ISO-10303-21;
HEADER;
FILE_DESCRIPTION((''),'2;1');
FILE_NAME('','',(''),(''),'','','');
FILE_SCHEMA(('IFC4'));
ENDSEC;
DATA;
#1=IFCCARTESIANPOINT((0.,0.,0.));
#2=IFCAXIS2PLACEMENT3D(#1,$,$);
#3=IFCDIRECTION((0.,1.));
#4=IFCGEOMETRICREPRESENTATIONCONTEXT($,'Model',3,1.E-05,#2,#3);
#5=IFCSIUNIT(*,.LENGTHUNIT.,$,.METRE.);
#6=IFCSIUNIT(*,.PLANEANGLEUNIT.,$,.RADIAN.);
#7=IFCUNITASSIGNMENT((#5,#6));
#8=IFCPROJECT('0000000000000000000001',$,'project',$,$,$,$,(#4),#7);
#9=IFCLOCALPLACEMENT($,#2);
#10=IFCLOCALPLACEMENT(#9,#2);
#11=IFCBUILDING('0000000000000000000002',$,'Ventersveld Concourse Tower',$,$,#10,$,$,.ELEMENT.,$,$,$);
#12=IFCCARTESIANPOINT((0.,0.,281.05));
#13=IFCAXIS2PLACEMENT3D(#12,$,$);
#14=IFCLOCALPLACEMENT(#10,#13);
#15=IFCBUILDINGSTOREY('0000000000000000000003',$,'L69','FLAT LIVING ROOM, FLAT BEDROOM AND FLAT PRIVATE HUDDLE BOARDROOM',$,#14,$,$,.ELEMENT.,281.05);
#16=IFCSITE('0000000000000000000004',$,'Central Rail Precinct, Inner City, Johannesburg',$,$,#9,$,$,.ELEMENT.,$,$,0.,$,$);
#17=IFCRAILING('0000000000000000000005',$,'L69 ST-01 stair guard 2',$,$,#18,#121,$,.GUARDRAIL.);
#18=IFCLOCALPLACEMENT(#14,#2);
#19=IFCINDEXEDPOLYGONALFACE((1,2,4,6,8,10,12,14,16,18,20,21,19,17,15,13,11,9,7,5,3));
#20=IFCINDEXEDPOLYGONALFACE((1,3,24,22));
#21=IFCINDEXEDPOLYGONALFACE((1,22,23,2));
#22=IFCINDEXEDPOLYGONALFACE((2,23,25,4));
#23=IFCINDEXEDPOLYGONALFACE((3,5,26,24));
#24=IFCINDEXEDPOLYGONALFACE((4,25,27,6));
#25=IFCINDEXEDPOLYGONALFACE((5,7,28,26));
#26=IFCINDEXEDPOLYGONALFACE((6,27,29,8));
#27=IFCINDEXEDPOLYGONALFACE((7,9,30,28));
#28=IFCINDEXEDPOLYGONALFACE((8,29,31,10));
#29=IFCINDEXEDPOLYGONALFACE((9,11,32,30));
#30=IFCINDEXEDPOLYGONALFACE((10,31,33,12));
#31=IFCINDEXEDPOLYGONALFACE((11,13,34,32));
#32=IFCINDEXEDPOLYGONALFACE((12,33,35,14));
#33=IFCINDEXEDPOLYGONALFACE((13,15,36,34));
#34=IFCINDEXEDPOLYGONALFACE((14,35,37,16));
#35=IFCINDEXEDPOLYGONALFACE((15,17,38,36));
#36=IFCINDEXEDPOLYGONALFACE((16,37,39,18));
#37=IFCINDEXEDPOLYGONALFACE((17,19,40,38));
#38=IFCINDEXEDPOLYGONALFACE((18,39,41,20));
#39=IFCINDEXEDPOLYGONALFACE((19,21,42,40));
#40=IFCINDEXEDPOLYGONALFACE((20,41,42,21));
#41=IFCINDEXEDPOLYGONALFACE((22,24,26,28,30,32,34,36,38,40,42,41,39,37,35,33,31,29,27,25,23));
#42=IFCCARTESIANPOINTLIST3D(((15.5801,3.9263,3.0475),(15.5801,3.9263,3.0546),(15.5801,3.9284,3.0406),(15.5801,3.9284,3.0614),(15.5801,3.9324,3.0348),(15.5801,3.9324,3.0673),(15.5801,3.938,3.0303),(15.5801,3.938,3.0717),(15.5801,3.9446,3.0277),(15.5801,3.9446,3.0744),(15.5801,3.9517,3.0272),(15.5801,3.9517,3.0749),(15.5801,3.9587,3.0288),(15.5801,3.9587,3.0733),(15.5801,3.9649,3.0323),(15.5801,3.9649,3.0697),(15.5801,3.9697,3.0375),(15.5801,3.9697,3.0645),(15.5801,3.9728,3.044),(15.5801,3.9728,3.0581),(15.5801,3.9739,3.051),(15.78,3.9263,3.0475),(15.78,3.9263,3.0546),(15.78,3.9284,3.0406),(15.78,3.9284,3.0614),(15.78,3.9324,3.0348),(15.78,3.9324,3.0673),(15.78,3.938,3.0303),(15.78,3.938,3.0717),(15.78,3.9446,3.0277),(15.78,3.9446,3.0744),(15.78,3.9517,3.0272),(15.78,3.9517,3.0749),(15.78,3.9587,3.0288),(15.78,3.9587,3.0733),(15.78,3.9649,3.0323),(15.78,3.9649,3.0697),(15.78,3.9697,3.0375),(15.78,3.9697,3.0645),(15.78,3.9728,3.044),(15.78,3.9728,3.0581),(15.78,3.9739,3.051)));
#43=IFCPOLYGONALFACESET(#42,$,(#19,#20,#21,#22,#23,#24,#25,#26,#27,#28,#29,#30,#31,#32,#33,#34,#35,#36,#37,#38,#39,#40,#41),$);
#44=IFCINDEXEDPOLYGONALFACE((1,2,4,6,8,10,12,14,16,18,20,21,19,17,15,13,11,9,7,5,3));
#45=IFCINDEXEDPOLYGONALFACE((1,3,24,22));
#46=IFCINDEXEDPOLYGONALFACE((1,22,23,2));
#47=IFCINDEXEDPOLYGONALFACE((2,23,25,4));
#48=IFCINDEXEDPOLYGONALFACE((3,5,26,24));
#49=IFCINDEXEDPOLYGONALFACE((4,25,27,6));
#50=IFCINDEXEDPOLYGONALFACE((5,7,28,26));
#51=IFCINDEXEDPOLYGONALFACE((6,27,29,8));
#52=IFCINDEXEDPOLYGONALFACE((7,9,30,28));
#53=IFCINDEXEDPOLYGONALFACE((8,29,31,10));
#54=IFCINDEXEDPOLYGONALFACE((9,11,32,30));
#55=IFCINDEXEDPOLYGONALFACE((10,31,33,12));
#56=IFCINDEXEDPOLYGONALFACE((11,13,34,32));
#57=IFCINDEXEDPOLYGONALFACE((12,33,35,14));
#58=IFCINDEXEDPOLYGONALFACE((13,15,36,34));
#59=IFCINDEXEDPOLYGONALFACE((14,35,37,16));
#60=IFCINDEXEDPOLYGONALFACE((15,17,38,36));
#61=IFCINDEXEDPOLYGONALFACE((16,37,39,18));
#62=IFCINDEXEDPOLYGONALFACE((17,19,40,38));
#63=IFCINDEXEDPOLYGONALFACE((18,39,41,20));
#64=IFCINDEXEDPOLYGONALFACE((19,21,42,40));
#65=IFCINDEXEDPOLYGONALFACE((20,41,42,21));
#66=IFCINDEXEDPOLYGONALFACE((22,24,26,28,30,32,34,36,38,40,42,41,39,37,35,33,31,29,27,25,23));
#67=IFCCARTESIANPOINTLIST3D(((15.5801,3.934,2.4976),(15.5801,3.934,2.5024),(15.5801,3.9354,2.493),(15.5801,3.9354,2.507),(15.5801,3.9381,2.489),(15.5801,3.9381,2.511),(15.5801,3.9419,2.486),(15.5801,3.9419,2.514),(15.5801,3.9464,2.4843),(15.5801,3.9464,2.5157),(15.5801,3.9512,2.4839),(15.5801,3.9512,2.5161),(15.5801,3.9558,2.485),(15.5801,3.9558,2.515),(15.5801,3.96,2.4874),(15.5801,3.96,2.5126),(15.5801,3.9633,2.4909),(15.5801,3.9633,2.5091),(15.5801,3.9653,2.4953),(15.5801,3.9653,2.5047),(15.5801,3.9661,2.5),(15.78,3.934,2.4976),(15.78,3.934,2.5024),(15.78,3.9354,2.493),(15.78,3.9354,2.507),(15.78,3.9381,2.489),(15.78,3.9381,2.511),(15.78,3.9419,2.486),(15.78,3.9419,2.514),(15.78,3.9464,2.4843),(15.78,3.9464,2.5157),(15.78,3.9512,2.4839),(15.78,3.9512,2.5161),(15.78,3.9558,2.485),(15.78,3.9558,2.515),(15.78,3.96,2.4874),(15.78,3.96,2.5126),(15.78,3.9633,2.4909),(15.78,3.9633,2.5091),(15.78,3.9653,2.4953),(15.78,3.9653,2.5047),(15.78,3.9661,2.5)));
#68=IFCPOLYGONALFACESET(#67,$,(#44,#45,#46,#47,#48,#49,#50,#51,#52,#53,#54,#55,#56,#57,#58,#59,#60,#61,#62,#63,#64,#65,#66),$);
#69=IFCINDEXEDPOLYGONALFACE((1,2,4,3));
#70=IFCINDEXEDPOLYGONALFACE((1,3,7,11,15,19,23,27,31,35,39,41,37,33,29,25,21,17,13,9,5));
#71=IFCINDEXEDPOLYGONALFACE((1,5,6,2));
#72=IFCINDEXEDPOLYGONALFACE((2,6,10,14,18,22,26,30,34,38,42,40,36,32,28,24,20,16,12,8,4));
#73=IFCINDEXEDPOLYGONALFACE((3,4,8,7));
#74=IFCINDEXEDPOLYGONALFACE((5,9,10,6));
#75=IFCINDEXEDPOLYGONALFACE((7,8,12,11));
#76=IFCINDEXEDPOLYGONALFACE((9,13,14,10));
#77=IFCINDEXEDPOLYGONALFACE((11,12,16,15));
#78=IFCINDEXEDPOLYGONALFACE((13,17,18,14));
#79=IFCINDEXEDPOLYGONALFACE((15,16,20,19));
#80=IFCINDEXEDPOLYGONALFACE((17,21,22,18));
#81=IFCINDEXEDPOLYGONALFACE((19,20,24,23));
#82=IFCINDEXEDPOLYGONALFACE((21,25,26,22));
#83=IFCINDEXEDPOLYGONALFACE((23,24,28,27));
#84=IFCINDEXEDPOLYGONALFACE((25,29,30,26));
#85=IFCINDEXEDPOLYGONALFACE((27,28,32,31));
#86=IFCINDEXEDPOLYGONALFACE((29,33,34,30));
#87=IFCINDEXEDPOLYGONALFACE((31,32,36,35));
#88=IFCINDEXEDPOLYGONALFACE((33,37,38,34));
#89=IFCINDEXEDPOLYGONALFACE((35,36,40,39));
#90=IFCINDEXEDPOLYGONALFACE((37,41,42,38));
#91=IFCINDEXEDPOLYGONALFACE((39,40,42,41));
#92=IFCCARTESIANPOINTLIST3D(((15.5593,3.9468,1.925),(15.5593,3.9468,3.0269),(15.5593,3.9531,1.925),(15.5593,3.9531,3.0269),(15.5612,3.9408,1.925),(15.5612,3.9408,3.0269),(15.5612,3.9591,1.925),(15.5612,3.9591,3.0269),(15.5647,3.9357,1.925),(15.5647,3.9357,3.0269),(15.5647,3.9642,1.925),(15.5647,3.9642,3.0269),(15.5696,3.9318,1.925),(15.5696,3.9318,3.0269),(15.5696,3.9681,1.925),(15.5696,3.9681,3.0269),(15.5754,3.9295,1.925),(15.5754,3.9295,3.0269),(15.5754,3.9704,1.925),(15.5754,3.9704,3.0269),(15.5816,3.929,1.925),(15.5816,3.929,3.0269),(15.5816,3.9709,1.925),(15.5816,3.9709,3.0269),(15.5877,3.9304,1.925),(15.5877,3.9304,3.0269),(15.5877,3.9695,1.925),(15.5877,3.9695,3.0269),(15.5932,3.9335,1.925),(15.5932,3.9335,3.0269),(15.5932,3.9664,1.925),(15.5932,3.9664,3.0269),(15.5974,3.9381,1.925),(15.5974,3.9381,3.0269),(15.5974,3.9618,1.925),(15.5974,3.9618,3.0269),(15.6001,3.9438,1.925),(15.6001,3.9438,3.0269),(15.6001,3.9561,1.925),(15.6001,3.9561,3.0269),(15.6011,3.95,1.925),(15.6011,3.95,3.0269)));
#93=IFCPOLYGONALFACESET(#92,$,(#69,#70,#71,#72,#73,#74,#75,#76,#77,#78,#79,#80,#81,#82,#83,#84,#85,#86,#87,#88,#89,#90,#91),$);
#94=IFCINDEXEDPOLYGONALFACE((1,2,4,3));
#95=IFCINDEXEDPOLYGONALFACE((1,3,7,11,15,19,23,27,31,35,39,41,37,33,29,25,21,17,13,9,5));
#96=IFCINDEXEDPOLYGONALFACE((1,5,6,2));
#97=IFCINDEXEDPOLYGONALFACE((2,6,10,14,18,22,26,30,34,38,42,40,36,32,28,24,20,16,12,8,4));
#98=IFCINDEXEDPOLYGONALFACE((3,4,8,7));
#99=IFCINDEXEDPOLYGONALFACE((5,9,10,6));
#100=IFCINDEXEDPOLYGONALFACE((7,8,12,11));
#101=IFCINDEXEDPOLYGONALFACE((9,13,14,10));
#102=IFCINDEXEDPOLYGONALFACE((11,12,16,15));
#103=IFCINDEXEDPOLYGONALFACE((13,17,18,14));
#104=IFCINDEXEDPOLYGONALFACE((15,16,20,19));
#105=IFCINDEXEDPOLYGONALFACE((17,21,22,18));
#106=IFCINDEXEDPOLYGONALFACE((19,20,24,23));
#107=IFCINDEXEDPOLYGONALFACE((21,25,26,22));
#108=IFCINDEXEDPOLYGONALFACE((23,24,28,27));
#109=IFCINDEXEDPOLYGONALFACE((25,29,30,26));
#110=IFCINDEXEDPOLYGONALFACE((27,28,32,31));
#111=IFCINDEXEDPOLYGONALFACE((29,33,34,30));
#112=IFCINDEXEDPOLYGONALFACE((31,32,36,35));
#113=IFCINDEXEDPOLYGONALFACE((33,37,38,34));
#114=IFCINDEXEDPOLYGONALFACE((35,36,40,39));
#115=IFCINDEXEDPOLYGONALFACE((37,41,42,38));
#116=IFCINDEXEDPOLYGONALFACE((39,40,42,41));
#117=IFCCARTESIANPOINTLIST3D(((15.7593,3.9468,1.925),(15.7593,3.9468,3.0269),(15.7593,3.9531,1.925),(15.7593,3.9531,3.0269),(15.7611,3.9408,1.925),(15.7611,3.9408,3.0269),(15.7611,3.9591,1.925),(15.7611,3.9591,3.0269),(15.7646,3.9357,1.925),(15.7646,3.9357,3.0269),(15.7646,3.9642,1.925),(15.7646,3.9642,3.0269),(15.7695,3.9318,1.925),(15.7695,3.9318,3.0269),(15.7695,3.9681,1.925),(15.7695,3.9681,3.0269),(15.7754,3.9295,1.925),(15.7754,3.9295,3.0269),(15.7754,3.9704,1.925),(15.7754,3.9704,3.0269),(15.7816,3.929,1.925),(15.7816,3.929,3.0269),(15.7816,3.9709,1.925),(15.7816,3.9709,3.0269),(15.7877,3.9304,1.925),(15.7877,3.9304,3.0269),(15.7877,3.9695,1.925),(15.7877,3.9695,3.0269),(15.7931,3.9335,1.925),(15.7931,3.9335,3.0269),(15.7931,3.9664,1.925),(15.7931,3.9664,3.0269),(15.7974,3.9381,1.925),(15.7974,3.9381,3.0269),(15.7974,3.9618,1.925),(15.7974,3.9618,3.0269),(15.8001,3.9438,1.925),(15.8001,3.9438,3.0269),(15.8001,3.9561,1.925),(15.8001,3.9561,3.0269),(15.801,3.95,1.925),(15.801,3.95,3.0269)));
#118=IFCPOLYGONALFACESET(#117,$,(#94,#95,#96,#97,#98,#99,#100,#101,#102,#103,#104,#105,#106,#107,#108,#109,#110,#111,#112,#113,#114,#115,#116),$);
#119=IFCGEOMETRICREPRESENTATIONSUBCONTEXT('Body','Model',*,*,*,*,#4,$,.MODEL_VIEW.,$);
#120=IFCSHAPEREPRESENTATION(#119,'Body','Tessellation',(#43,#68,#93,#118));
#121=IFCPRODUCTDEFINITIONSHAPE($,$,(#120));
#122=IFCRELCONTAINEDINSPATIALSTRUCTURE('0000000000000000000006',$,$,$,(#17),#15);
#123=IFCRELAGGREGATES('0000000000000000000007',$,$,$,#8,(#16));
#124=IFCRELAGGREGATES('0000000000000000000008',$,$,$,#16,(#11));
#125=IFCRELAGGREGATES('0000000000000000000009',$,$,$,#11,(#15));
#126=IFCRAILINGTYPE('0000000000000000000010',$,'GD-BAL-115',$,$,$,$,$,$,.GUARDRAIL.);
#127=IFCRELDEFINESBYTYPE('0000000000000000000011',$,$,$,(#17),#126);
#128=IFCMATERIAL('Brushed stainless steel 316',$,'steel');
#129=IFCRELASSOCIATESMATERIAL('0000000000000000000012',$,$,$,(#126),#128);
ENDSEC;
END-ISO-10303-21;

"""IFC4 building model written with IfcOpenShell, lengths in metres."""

from ifc_helpers import new_model, si_unit, direction, frame, origin, origin_2d, place, context, subcontext, project, spatial, circle, extrude, material, type_object, element, save


model = new_model("IFC4")

# Units and contexts
model_context = context("Model", 3, precision=1e-05, world=origin(), true_north=direction((0.0, 1.0)))
body_context = subcontext(model_context, "Body", "Model", "MODEL_VIEW")
ifc_project = project(units=[si_unit("LENGTHUNIT", "METRE"), si_unit("PLANEANGLEUNIT", "RADIAN")], contexts=[model_context])

# Site, building, storey
site_placement = place(None, origin())
site = spatial("IfcSite", under=ifc_project, at=site_placement, Name="Central Rail Precinct, Inner City, Johannesburg", CompositionType="ELEMENT", RefElevation=0.0)
building_placement = place(site_placement, origin())
building = spatial("IfcBuilding", under=site, at=building_placement, Name="Ventersveld Concourse Tower", CompositionType="ELEMENT")
storey_placement = place(building_placement, frame((0.0, 0.0, 281.05)))
storey = spatial("IfcBuildingStorey", under=building, at=storey_placement, Name="L69", Description="FLAT LIVING ROOM, FLAT BEDROOM AND FLAT PRIVATE HUDDLE BOARDROOM", CompositionType="ELEMENT", Elevation=281.05)

# Shared definitions
ifc_material_1 = material(Name="Brushed stainless steel 316", Category="steel")

# Railing
railing_type_1 = type_object("IfcRailingType", Name="GD-BAL-115", PredefinedType="GUARDRAIL", material=ifc_material_1)
railing_1_placement = place(storey_placement, frame((15.5801, 3.95, 1.925)))
element("IfcRailing", 1, at=railing_1_placement, inside=storey, type_object=railing_type_1, Name="L69 ST-01 stair guard 2", PredefinedType="GUARDRAIL", context=body_context, shape_type="SweptSolid", body=[
    extrude(circle(Radius=0.0239, at=origin_2d()), frame((0.0, 0.0, 1.126), z_axis=(1.0, 0.0, 0.0), x_axis=(0.0, 1.0, 0.0)), (0.0, 0.0, 1.0), 0.2),
    extrude(circle(Radius=0.0161, at=origin_2d()), frame((0.0, 0.0, 0.575), z_axis=(1.0, 0.0, 0.0), x_axis=(0.0, 1.0, 0.0)), (0.0, 0.0, 1.0), 0.2),
    extrude(circle(Radius=0.021, at=origin_2d()), origin(), (0.0, 0.0, 1.0), 1.1018),
    extrude(circle(Radius=0.021, at=origin_2d()), frame((0.2, 0.0, 0.0)), (0.0, 0.0, 1.0), 1.1018),
])

save(model, "model.ifc")
